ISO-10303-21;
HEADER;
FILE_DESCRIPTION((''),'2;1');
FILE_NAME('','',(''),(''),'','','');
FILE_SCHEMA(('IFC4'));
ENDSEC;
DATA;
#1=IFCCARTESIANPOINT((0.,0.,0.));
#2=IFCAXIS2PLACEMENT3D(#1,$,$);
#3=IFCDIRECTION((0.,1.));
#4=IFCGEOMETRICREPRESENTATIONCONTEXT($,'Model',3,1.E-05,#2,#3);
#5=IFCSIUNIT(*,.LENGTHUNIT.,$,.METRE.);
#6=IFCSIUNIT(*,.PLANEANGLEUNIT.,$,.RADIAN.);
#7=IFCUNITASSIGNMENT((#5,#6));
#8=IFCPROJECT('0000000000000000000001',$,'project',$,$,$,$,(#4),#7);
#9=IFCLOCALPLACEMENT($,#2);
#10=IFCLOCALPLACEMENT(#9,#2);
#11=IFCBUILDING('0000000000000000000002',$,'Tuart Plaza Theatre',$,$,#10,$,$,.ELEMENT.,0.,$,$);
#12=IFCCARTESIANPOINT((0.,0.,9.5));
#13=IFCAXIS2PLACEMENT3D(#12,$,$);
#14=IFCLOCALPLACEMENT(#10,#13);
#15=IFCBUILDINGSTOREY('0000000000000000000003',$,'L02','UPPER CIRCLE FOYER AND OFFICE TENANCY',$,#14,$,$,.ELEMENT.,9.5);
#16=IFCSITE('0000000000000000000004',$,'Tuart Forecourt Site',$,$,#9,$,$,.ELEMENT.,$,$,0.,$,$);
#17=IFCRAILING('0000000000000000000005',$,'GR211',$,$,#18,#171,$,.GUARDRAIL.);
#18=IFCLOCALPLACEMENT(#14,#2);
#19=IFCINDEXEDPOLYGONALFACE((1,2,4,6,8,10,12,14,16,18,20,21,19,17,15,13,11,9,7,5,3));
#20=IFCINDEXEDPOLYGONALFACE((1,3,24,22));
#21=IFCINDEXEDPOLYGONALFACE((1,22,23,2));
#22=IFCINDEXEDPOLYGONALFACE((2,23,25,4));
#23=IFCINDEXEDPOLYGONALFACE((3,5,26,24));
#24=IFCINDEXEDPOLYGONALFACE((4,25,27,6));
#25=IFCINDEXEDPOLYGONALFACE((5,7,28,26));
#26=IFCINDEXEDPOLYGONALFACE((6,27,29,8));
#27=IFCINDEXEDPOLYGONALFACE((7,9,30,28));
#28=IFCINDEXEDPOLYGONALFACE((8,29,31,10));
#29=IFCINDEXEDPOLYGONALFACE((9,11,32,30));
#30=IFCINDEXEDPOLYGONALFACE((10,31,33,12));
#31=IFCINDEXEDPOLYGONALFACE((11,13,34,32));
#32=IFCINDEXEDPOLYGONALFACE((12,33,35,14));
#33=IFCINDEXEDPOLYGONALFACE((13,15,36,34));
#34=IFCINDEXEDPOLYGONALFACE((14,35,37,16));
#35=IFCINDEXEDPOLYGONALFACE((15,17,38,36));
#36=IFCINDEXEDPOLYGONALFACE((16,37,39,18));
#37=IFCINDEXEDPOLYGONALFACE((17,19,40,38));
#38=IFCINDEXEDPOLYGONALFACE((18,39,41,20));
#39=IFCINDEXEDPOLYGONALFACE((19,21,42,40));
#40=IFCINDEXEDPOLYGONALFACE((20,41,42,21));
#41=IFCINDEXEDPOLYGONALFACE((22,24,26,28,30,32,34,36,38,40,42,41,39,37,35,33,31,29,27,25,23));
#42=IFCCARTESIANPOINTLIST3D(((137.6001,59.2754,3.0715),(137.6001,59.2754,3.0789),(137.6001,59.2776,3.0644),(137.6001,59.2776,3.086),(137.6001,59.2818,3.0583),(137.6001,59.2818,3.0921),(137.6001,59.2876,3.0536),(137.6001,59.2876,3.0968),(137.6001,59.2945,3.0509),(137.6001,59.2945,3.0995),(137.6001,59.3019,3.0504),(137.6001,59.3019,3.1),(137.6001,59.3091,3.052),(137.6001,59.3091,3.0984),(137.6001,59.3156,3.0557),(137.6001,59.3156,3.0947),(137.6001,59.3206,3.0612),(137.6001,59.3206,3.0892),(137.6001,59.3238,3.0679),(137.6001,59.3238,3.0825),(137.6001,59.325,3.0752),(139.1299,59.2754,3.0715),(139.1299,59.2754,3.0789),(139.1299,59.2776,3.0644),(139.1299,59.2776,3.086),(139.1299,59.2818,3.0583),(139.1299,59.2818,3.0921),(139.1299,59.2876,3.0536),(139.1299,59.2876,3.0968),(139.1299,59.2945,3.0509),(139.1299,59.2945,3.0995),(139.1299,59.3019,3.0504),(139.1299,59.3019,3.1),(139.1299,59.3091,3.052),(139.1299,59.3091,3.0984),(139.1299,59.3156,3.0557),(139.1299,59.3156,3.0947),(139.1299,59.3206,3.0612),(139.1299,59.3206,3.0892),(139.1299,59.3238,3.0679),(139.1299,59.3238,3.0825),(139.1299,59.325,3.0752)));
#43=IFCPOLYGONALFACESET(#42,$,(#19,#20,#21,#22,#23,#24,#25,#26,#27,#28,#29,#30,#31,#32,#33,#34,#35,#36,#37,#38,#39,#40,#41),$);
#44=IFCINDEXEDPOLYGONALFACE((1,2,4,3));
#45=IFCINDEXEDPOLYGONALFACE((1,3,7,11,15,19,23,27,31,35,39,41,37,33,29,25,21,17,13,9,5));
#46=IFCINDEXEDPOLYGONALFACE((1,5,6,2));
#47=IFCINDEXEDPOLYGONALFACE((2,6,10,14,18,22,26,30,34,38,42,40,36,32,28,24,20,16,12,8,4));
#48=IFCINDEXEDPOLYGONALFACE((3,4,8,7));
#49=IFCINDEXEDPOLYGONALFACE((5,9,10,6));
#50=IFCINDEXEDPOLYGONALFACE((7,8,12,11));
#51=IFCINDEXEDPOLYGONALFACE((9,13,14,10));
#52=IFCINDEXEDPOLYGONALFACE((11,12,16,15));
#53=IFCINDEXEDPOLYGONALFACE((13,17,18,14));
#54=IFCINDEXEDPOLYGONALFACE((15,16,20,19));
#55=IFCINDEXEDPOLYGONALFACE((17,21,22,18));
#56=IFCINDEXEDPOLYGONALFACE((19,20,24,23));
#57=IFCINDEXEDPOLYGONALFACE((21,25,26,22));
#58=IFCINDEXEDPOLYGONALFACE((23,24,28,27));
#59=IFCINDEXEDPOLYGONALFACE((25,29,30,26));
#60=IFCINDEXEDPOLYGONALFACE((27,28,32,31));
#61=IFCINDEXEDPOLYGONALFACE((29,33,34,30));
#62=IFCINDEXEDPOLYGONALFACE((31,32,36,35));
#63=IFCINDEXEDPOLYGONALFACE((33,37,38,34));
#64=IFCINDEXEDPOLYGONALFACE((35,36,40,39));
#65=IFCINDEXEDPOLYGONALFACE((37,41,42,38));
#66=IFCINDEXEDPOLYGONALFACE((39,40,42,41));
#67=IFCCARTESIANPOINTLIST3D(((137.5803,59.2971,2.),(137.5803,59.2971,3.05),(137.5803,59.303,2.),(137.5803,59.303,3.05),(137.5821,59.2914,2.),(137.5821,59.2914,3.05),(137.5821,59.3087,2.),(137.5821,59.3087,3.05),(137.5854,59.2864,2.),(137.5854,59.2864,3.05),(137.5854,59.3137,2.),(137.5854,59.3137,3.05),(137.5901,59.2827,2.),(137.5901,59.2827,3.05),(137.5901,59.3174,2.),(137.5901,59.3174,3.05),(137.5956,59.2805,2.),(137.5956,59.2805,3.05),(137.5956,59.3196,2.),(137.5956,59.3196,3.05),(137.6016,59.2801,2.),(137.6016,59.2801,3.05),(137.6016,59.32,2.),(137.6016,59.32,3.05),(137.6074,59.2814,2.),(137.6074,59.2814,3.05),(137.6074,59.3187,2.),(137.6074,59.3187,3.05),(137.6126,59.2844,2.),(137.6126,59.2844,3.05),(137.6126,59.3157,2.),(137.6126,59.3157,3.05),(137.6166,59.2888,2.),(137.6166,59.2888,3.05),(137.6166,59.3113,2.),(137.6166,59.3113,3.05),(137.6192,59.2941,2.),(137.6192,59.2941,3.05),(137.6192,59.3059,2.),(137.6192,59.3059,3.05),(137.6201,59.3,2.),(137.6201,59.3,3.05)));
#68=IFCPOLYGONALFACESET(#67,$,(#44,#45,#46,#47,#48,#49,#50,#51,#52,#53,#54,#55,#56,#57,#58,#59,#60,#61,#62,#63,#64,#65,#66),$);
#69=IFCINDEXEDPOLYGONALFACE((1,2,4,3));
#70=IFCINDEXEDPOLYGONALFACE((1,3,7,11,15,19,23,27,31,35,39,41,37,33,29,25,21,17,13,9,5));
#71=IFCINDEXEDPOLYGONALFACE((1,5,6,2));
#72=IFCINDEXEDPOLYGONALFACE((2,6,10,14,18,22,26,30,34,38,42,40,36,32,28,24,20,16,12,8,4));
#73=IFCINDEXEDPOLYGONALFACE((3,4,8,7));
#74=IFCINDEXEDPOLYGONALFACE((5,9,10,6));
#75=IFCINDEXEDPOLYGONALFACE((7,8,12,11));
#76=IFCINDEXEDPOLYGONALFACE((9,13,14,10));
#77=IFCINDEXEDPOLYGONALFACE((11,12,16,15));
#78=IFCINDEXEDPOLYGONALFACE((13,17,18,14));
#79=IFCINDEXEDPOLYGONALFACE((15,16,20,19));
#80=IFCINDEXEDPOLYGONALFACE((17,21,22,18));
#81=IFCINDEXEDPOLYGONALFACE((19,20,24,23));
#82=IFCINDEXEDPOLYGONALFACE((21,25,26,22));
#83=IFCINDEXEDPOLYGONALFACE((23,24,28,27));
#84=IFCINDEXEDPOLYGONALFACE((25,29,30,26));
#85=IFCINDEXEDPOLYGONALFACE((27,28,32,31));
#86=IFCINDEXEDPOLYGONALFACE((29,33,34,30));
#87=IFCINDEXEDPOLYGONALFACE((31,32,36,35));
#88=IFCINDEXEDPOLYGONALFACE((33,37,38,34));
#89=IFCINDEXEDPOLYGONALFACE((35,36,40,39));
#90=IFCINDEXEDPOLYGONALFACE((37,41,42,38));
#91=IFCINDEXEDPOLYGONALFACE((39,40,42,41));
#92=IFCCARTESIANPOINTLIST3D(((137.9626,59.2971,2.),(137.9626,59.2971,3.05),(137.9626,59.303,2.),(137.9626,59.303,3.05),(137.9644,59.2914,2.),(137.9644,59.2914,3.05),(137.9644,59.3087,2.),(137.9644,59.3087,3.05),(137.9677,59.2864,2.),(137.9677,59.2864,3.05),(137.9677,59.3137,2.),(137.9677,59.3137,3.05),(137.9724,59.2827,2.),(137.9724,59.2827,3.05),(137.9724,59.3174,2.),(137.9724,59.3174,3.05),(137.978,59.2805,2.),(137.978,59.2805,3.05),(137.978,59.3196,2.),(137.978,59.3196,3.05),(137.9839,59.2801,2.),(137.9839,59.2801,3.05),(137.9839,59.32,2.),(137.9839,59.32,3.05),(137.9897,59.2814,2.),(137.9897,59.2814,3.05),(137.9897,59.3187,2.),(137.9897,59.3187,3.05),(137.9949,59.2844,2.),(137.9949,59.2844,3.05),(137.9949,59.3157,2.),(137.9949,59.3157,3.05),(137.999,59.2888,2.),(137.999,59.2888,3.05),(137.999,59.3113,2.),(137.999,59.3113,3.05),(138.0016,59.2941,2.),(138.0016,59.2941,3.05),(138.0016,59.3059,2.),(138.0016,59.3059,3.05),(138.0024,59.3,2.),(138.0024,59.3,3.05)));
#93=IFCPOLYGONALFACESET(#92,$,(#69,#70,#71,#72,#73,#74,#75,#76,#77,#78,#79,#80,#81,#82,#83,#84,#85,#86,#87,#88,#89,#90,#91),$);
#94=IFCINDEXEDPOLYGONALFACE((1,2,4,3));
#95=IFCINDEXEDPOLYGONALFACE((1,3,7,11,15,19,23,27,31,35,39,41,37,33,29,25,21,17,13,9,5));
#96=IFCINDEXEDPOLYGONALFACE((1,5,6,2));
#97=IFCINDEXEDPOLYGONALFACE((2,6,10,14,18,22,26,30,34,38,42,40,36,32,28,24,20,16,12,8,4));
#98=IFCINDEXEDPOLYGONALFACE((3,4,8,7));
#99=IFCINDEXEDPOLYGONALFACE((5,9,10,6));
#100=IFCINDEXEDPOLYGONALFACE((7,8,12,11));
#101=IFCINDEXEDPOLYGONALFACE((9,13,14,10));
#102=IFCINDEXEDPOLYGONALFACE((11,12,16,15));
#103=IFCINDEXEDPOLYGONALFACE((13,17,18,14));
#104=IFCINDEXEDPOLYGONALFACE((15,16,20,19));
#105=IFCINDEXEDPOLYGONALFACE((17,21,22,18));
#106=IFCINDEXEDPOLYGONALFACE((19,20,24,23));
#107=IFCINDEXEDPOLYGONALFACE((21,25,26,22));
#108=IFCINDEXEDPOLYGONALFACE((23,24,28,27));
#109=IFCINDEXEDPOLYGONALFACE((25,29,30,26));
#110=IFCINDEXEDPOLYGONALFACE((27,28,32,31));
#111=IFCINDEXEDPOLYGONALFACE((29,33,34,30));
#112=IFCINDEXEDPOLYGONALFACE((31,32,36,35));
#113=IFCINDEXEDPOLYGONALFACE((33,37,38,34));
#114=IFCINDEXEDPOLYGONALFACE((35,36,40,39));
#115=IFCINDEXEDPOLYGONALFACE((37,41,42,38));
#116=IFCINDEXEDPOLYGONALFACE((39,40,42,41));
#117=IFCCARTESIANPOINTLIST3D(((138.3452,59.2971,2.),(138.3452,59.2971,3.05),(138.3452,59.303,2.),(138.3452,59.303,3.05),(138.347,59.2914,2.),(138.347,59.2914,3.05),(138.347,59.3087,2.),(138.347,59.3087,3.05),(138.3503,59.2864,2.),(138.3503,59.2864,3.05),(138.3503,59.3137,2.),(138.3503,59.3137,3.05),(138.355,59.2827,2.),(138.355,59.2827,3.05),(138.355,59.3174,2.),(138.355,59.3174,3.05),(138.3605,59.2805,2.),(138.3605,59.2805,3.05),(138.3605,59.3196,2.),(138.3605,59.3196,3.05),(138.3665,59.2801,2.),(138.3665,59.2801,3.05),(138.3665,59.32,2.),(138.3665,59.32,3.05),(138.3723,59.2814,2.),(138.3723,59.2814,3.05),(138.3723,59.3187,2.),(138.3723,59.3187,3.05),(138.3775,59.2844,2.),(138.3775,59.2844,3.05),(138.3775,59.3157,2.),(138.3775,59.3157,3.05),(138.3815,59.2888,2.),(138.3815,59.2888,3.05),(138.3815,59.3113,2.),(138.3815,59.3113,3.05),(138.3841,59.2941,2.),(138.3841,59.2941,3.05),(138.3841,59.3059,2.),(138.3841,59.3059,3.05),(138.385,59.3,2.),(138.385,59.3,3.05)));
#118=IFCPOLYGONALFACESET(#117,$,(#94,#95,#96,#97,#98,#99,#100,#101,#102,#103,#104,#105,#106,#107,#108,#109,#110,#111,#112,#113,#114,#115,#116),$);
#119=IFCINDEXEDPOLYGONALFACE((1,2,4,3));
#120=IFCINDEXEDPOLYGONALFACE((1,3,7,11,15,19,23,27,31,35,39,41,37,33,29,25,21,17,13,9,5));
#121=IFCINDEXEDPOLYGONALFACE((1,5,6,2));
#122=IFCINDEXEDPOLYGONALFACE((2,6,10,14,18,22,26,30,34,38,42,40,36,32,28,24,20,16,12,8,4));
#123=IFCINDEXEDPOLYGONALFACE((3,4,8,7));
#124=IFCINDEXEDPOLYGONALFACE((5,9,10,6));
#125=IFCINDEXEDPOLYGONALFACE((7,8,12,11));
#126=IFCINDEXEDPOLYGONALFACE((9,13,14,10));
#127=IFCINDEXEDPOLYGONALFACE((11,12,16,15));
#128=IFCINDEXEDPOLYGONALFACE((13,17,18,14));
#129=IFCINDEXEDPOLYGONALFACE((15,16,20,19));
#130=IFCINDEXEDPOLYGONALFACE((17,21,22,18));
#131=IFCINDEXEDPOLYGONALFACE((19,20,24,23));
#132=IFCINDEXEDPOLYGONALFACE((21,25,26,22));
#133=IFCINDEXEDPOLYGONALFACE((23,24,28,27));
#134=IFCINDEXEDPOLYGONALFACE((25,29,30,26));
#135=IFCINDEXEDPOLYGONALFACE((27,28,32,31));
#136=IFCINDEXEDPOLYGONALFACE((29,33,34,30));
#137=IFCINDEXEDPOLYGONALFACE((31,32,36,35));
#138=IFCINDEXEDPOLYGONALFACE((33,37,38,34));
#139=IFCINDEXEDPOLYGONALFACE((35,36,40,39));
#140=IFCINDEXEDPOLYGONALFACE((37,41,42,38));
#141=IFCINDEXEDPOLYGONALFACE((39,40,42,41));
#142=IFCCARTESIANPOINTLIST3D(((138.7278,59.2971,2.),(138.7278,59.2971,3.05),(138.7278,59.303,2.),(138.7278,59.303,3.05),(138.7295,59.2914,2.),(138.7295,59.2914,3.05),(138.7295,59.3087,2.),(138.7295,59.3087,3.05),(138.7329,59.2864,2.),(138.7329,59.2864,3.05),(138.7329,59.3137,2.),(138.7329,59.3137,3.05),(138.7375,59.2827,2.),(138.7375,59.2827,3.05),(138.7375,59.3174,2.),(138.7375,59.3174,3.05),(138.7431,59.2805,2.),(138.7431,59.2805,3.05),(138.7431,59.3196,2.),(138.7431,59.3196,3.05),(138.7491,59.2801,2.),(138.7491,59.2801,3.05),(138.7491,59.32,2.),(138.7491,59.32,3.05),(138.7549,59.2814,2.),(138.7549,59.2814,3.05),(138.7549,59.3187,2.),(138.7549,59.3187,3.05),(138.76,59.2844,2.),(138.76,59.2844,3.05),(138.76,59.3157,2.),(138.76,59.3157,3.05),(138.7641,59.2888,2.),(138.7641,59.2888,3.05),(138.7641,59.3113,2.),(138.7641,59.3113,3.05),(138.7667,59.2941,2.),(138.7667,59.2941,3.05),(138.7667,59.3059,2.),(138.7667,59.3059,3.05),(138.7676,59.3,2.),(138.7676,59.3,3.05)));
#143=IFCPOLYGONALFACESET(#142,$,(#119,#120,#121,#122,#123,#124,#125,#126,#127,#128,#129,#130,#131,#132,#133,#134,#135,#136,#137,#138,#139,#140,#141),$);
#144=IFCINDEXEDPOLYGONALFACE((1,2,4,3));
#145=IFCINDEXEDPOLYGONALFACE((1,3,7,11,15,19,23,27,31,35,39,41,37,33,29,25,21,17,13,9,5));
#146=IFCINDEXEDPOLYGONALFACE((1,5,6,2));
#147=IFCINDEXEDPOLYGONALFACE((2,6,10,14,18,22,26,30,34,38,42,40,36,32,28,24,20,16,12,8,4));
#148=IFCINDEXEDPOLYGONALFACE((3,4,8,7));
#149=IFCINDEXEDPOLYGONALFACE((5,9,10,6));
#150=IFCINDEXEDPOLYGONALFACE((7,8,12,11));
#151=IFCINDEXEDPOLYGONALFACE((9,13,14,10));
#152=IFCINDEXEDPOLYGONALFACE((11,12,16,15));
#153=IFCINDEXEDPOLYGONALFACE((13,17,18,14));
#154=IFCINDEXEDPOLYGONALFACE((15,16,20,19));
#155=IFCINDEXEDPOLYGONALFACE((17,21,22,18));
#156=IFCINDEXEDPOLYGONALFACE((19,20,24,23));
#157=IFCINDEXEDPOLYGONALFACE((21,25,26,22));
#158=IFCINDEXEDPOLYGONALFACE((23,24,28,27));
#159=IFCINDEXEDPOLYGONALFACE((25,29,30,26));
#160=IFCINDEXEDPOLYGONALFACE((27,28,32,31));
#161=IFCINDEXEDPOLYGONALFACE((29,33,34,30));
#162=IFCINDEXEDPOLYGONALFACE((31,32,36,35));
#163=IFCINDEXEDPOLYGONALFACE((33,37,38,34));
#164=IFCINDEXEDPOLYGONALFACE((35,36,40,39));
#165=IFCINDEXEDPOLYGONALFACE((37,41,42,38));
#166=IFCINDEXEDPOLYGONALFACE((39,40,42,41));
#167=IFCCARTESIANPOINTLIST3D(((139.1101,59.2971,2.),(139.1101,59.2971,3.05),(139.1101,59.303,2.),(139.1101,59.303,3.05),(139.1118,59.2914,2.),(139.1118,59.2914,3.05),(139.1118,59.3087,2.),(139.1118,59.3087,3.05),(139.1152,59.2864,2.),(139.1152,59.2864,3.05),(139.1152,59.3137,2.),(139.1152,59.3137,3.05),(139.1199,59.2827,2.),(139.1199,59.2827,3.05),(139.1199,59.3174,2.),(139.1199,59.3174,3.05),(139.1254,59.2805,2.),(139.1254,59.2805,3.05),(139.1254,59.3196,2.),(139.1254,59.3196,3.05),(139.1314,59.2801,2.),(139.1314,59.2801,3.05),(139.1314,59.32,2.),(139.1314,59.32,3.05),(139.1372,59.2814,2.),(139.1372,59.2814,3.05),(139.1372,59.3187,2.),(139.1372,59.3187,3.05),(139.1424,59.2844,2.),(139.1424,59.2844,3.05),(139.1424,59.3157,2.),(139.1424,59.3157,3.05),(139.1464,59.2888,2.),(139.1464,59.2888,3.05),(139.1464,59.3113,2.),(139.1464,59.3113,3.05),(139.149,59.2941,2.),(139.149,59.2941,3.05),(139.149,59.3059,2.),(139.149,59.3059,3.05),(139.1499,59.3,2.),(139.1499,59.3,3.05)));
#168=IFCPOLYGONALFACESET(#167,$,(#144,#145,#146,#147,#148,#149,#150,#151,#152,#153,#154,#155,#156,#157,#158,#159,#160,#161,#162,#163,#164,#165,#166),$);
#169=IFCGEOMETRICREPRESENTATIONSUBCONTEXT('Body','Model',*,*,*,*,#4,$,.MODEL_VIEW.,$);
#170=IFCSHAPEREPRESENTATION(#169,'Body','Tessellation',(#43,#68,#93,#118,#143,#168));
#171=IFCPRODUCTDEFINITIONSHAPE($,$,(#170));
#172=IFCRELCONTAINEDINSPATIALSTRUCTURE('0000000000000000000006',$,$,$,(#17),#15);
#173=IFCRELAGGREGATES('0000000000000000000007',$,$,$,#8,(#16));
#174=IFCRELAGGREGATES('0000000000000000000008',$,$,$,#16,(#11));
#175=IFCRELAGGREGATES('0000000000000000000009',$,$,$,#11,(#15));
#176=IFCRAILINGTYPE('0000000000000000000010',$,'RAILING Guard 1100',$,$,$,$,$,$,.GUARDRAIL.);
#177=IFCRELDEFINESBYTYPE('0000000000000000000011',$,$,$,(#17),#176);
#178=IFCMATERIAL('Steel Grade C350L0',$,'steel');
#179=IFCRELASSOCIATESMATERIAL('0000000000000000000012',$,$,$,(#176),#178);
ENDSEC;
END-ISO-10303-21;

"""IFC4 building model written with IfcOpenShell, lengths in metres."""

from ifc_helpers import new_model, si_unit, direction, frame, origin, origin_2d, place, context, subcontext, project, spatial, circle, extrude, material, type_object, element, save


model = new_model("IFC4")

# Units and contexts
model_context = context("Model", 3, precision=1e-05, world=origin(), true_north=direction((0.0, 1.0)))
body_context = subcontext(model_context, "Body", "Model", "MODEL_VIEW")
ifc_project = project(units=[si_unit("LENGTHUNIT", "METRE"), si_unit("PLANEANGLEUNIT", "RADIAN")], contexts=[model_context])

# Site, building, storey
site_placement = place(None, origin())
site = spatial("IfcSite", under=ifc_project, at=site_placement, Name="Tuart Forecourt Site", CompositionType="ELEMENT", RefElevation=0.0)
building_placement = place(site_placement, origin())
building = spatial("IfcBuilding", under=site, at=building_placement, Name="Tuart Plaza Theatre", CompositionType="ELEMENT", ElevationOfRefHeight=0.0)
storey_placement = place(building_placement, frame((0.0, 0.0, 9.5)))
storey = spatial("IfcBuildingStorey", under=building, at=storey_placement, Name="L02", Description="UPPER CIRCLE FOYER AND OFFICE TENANCY", CompositionType="ELEMENT", Elevation=9.5)

# Railing
ifc_material_1 = material(Name="Steel Grade C350L0", Category="steel")
railing_type_1 = type_object("IfcRailingType", Name="RAILING Guard 1100", PredefinedType="GUARDRAIL", material=ifc_material_1)
railing_1_placement = place(storey_placement, frame((137.6001, 59.3, 2.0)))
element("IfcRailing", 1, at=railing_1_placement, inside=storey, type_object=railing_type_1, Name="GR211", PredefinedType="GUARDRAIL", context=body_context, shape_type="SweptSolid", body=[
    extrude(circle(Radius=0.0249, at=origin_2d()), frame((0.0, 0.0, 1.0752), z_axis=(1.0, 0.0, 0.0), x_axis=(0.0, 1.0, 0.0)), (0.0, 0.0, 1.0), 1.5298),
    extrude(circle(Radius=0.02, at=origin_2d()), origin(), (0.0, 0.0, 1.0), 1.05),
    extrude(circle(Radius=0.02, at=origin_2d()), frame((0.3823, 0.0, 0.0)), (0.0, 0.0, 1.0), 1.05),
    extrude(circle(Radius=0.02, at=origin_2d()), frame((0.7649, 0.0, 0.0)), (0.0, 0.0, 1.0), 1.05),
    extrude(circle(Radius=0.02, at=origin_2d()), frame((1.1475, 0.0, 0.0)), (0.0, 0.0, 1.0), 1.05),
    extrude(circle(Radius=0.02, at=origin_2d()), frame((1.5298, 0.0, 0.0)), (0.0, 0.0, 1.0), 1.05),
])

save(model, "model.ifc")
